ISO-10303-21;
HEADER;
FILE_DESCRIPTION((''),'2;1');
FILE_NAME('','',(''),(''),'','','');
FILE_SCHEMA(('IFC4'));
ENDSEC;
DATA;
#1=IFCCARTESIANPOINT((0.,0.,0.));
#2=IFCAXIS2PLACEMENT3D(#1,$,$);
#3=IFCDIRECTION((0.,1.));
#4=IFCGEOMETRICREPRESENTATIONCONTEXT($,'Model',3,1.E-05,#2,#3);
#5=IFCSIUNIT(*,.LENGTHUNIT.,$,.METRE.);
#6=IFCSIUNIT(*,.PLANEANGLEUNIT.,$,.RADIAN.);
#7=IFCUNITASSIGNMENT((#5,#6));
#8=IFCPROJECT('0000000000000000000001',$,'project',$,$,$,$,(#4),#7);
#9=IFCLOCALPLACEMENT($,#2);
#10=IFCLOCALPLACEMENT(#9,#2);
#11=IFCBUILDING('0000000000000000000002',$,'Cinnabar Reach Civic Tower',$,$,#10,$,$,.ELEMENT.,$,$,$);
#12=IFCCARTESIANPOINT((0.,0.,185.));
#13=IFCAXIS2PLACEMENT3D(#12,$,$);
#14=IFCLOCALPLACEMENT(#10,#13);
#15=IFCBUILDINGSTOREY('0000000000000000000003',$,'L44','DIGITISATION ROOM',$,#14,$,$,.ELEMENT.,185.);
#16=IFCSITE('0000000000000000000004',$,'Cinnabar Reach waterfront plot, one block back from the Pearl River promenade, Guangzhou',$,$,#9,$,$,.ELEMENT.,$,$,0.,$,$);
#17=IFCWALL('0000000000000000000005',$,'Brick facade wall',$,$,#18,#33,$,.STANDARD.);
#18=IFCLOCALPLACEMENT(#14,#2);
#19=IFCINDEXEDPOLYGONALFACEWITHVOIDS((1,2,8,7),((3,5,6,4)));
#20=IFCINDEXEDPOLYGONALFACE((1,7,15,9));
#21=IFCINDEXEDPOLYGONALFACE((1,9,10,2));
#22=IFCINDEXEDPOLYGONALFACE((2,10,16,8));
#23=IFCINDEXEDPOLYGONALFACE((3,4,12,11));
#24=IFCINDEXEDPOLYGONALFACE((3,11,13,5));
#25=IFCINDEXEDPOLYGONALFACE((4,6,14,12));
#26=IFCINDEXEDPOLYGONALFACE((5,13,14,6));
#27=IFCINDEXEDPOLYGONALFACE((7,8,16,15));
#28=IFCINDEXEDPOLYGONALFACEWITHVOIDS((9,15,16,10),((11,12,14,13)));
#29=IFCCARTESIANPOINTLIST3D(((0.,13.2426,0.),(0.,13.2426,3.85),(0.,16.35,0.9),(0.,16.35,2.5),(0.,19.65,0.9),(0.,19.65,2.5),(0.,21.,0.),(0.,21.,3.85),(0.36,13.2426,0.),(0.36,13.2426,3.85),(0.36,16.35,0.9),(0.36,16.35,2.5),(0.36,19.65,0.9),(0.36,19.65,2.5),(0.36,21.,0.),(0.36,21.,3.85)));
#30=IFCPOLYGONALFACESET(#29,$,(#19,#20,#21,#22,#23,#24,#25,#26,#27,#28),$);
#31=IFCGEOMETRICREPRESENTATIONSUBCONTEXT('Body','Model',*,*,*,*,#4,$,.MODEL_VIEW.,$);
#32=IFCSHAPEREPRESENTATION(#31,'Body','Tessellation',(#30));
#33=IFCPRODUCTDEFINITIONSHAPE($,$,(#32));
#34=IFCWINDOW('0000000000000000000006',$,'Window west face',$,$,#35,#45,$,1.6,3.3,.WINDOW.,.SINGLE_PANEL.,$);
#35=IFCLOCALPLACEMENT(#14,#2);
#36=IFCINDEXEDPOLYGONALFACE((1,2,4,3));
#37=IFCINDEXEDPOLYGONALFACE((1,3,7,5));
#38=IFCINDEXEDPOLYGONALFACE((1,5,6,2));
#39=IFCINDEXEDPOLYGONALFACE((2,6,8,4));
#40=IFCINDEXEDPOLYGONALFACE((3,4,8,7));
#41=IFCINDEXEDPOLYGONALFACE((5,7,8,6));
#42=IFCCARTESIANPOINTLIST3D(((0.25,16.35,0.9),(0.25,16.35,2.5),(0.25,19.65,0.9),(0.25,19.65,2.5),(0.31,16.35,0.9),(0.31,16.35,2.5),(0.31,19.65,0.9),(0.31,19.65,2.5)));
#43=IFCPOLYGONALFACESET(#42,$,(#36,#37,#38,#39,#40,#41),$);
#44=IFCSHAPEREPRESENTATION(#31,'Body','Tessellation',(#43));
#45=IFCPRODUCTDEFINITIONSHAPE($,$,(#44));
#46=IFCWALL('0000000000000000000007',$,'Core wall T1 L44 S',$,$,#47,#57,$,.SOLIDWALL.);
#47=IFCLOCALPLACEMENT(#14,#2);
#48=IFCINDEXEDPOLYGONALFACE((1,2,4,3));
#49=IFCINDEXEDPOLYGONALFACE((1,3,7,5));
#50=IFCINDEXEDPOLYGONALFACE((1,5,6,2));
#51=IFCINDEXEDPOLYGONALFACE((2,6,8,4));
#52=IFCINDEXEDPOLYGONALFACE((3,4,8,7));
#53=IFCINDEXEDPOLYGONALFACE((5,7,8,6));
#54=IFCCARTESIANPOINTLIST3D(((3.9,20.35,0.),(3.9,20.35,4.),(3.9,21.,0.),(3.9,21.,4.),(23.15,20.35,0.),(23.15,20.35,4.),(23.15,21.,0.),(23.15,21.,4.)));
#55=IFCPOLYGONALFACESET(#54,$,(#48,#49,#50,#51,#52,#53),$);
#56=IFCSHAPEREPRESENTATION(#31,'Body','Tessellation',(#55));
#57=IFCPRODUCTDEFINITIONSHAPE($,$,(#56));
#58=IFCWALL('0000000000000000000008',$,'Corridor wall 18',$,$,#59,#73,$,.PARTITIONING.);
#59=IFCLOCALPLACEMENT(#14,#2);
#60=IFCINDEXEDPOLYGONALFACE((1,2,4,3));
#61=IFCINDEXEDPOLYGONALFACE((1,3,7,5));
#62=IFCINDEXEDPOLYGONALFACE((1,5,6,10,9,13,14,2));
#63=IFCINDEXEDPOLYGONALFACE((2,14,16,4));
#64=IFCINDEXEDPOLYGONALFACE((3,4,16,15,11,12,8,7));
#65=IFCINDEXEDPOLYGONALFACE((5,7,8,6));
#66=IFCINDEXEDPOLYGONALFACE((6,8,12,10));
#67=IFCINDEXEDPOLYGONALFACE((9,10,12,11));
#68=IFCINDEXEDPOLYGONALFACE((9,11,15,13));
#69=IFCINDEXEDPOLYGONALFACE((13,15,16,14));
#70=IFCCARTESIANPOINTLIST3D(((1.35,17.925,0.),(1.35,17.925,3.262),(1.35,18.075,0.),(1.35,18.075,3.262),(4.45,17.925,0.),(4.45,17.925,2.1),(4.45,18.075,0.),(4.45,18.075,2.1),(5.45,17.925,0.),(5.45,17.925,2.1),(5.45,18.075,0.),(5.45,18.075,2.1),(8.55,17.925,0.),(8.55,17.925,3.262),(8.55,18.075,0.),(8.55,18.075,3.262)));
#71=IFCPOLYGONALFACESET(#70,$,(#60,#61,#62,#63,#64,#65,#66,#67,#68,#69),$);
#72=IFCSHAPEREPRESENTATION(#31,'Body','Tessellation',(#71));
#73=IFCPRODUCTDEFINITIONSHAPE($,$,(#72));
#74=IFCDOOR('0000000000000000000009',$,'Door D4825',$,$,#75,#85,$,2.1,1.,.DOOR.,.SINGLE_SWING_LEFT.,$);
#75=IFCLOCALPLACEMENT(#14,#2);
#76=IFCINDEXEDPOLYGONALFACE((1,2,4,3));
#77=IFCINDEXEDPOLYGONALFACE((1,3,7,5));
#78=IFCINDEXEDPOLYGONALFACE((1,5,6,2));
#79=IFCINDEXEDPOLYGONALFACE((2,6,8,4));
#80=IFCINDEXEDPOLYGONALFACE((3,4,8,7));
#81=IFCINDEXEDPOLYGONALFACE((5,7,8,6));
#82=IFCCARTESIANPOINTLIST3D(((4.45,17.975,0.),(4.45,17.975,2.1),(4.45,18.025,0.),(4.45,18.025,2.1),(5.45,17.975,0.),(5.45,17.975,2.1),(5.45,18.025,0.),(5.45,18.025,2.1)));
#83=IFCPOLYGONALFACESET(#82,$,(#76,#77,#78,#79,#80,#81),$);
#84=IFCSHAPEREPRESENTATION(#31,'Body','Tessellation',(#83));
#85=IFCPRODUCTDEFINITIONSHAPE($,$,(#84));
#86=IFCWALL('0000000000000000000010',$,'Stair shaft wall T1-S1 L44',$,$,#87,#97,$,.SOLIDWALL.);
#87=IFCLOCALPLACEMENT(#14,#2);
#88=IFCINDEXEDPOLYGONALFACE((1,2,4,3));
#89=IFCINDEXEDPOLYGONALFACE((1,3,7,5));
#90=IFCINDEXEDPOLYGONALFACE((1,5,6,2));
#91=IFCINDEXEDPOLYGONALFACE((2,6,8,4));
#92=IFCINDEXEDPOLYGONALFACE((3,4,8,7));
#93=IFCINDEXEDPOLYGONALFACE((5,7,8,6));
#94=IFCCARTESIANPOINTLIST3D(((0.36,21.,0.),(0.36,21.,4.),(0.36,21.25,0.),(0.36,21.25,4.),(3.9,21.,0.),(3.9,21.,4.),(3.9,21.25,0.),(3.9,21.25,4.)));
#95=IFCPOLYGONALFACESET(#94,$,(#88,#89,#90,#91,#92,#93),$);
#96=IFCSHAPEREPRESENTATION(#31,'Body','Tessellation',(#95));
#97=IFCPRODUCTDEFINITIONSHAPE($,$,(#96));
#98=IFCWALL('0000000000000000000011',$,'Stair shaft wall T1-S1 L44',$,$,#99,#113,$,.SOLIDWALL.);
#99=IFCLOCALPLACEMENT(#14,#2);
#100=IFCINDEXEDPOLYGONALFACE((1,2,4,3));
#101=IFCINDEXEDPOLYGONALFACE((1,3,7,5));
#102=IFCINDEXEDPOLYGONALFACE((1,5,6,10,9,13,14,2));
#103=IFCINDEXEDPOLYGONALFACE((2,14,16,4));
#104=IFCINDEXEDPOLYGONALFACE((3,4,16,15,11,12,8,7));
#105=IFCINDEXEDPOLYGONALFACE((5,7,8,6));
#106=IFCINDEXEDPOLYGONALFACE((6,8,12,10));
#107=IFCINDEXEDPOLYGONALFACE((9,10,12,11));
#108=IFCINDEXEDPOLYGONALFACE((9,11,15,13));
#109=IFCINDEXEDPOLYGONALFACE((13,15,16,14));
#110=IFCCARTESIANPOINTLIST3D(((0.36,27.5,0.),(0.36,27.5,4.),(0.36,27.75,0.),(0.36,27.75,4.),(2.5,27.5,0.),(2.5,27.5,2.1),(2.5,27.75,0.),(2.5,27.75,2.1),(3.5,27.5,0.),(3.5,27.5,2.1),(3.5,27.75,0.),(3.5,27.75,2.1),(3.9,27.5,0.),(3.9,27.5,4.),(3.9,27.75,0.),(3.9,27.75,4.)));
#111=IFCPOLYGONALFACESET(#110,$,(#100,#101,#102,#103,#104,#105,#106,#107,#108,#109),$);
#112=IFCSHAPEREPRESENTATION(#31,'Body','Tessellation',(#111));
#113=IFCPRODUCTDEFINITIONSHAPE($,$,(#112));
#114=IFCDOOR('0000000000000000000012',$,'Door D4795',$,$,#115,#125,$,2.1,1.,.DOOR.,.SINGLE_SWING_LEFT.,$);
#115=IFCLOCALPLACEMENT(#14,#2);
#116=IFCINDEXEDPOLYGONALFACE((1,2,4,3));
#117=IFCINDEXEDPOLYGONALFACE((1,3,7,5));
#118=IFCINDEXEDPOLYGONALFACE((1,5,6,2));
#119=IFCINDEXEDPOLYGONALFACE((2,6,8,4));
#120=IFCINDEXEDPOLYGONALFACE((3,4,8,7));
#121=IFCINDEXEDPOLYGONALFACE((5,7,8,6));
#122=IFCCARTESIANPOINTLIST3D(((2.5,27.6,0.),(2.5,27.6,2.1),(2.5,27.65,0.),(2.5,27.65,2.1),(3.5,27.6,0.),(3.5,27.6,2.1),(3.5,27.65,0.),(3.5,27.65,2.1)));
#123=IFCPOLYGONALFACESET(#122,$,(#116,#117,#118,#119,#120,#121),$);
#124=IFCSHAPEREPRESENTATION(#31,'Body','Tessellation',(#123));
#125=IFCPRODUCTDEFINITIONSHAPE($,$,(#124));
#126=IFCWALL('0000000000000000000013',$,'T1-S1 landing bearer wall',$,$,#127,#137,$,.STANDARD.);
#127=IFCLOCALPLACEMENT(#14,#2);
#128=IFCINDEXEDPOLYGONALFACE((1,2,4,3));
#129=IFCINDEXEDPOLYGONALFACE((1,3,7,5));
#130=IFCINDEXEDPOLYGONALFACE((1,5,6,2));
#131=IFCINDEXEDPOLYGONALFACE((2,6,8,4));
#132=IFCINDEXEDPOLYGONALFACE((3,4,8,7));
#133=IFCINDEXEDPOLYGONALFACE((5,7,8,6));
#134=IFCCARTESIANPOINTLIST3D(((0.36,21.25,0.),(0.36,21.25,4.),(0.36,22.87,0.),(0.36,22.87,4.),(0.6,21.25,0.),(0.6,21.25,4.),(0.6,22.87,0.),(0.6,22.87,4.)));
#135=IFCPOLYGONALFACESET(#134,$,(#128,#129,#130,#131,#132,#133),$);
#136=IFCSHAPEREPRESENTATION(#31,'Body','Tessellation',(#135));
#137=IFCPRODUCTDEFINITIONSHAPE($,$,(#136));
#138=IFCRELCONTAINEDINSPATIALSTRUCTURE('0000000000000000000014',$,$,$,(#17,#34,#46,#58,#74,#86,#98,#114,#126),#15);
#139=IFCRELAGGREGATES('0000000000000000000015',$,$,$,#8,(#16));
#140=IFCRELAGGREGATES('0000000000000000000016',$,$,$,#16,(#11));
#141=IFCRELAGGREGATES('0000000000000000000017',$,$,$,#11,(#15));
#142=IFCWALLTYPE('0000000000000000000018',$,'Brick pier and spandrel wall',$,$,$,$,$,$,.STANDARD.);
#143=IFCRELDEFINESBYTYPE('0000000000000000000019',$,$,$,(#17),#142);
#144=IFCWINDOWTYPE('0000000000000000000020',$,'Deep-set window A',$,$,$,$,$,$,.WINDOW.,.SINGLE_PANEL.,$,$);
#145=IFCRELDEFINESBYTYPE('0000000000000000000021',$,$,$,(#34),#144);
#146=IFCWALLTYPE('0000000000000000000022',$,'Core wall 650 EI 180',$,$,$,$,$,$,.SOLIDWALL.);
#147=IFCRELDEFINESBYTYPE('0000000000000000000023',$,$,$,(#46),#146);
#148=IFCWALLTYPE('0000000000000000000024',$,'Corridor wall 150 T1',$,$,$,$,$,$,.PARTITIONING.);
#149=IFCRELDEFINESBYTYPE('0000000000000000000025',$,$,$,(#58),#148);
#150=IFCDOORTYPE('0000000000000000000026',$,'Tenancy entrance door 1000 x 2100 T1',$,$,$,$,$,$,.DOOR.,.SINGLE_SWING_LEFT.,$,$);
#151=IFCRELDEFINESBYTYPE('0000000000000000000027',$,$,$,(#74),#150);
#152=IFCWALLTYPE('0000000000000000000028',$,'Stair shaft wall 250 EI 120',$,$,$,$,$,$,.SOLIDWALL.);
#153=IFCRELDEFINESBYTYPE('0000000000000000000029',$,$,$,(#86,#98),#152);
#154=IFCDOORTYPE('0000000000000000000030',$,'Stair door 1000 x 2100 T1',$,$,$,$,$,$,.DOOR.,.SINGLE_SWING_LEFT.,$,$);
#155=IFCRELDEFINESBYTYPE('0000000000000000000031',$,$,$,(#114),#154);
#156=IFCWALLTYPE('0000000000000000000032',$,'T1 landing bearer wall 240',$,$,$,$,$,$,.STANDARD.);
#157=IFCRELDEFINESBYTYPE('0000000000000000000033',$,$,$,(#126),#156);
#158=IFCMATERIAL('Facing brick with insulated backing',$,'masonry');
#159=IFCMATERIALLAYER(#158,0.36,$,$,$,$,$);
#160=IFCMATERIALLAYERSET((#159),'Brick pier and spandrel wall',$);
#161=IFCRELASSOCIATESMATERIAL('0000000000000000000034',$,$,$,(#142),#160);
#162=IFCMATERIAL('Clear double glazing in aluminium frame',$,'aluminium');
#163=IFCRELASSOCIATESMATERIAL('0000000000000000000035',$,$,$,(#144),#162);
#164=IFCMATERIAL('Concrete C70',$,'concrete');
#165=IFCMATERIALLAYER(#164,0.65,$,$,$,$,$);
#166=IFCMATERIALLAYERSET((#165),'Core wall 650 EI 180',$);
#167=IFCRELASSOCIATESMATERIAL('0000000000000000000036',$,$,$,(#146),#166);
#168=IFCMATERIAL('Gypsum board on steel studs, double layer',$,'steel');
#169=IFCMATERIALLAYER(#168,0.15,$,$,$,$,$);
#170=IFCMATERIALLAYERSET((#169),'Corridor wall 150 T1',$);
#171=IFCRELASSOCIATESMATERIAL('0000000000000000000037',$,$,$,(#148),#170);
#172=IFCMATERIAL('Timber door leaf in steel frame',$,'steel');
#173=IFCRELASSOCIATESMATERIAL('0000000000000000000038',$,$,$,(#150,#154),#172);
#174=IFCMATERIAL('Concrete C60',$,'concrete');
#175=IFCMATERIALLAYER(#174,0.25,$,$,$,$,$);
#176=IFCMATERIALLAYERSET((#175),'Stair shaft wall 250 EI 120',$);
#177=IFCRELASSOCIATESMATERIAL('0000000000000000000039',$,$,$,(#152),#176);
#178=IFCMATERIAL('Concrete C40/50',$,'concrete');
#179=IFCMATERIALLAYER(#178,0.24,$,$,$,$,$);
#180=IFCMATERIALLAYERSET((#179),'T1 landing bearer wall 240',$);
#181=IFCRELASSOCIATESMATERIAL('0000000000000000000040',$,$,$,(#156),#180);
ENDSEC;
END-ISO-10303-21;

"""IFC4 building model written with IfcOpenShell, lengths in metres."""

from ifc_helpers import new_model, si_unit, direction, frame, frame_2d, origin, place, context, subcontext, project, spatial, rectangle, extrude, material, layer, layer_set, type_object, element, fill, save


model = new_model("IFC4")

# Units and contexts
model_context = context("Model", 3, precision=1e-05, world=origin(), true_north=direction((0.0, 1.0)))
body_context = subcontext(model_context, "Body", "Model", "MODEL_VIEW")
ifc_project = project(units=[si_unit("LENGTHUNIT", "METRE"), si_unit("PLANEANGLEUNIT", "RADIAN")], contexts=[model_context])

# Site, building, storey
site_placement = place(None, origin())
site = spatial("IfcSite", under=ifc_project, at=site_placement, Name="Cinnabar Reach waterfront plot, one block back from the Pearl River promenade, Guangzhou", CompositionType="ELEMENT", RefElevation=0.0)
building_placement = place(site_placement, origin())
building = spatial("IfcBuilding", under=site, at=building_placement, Name="Cinnabar Reach Civic Tower", CompositionType="ELEMENT")
storey_placement = place(building_placement, frame((0.0, 0.0, 185.0)))
storey = spatial("IfcBuildingStorey", under=building, at=storey_placement, Name="L44", Description="DIGITISATION ROOM", CompositionType="ELEMENT", Elevation=185.0)

# Shared definitions
ifc_material_1 = material(Name="Concrete C70", Category="concrete")

# Shared definitions
ifc_material_2 = material(Name="Facing brick with insulated backing", Category="masonry")
ifc_layer_1 = layer(ifc_material_2, 0.36)
ifc_layer_set_1 = layer_set([ifc_layer_1], Name="Brick pier and spandrel wall")
wall_type_1 = type_object("IfcWallType", Name="Brick pier and spandrel wall", PredefinedType="STANDARD", material=ifc_layer_set_1)

# Wall, opening, window
wall_1_placement = place(storey_placement, frame((0.18, 21.0, 0.0), z_axis=(0.0, 0.0, 1.0), x_axis=(0.0, -1.0, 0.0)))
wall_1 = element("IfcWall", 1, at=wall_1_placement, inside=storey, type_object=wall_type_1, Name="Brick facade wall", PredefinedType="STANDARD", context=body_context, shape_type="SweptSolid", body=[
    extrude(rectangle(XDim=7.7574, YDim=0.36, at=frame_2d((3.8787, 0.0))), origin(), (0.0, 0.0, 1.0), 3.85),
])
opening_1_placement = place(wall_1_placement, frame((1.35, 0.0, 0.9)))
opening_1 = element("IfcOpeningElement", 2, at=opening_1_placement, cuts=wall_1, PredefinedType="OPENING", context=body_context, shape_type="SweptSolid", body=[
    extrude(rectangle(XDim=3.3, YDim=1.6, at=frame_2d((1.65, 0.8))), frame((0.0, 0.19, 0.0), z_axis=(0.0, -1.0, 0.0), x_axis=(1.0, 0.0, 0.0)), (0.0, 0.0, 1.0), 0.38),
])
ifc_material_3 = material(Name="Clear double glazing in aluminium frame", Category="aluminium")
window_type = type_object("IfcWindowType", Name="Deep-set window A", PartitioningType="SINGLE_PANEL", PredefinedType="WINDOW", material=ifc_material_3)
window_placement = place(opening_1_placement, origin())
window = element("IfcWindow", 3, at=window_placement, inside=storey, type_object=window_type, Name="Window west face", OverallHeight=1.6, OverallWidth=3.3, PartitioningType="SINGLE_PANEL", PredefinedType="WINDOW", context=body_context, shape_type="SweptSolid", body=[
    extrude(rectangle(XDim=3.3, YDim=1.6, at=frame_2d((1.65, 0.8))), frame((0.0, 0.13, 0.0), z_axis=(0.0, -1.0, 0.0), x_axis=(1.0, 0.0, 0.0)), (0.0, 0.0, 1.0), 0.06),
])
fill(opening_1, window)

# Wall
ifc_layer_2 = layer(ifc_material_1, 0.65)
ifc_layer_set_2 = layer_set([ifc_layer_2], Name="Core wall 650 EI 180")
wall_type_2 = type_object("IfcWallType", Name="Core wall 650 EI 180", PredefinedType="SOLIDWALL", material=ifc_layer_set_2)
wall_2_placement = place(storey_placement, frame((3.9, 20.675, 0.0), z_axis=(0.0, 0.0, 1.0), x_axis=(1.0, 0.0, 0.0)))
element("IfcWall", 4, at=wall_2_placement, inside=storey, type_object=wall_type_2, Name="Core wall T1 L44 S", PredefinedType="SOLIDWALL", context=body_context, shape_type="SweptSolid", body=[
    extrude(rectangle(XDim=19.25, YDim=0.65, at=frame_2d((9.625, 0.0))), origin(), (0.0, 0.0, 1.0), 4.0),
])

# Wall, opening, door
ifc_material_4 = material(Name="Gypsum board on steel studs, double layer", Category="steel")
ifc_layer_3 = layer(ifc_material_4, 0.15)
ifc_layer_set_3 = layer_set([ifc_layer_3], Name="Corridor wall 150 T1")
wall_type_3 = type_object("IfcWallType", Name="Corridor wall 150 T1", PredefinedType="PARTITIONING", material=ifc_layer_set_3)
wall_3_placement = place(storey_placement, frame((1.35, 18.0, 0.0), z_axis=(0.0, 0.0, 1.0), x_axis=(1.0, 0.0, 0.0)))
wall_3 = element("IfcWall", 5, at=wall_3_placement, inside=storey, type_object=wall_type_3, Name="Corridor wall 18", PredefinedType="PARTITIONING", context=body_context, shape_type="SweptSolid", body=[
    extrude(rectangle(XDim=7.2, YDim=0.15, at=frame_2d((3.6, 0.0))), origin(), (0.0, 0.0, 1.0), 3.262),
])
opening_2_placement = place(wall_3_placement, frame((3.1, 0.0, 0.0)))
opening_2 = element("IfcOpeningElement", 6, at=opening_2_placement, cuts=wall_3, PredefinedType="OPENING", context=body_context, shape_type="SweptSolid", body=[
    extrude(rectangle(XDim=1.0, YDim=2.1, at=frame_2d((0.5, 1.05))), frame((0.0, 0.085, 0.0), z_axis=(0.0, -1.0, 0.0), x_axis=(1.0, 0.0, 0.0)), (0.0, 0.0, 1.0), 0.17),
])
ifc_material_5 = material(Name="Timber door leaf in steel frame", Category="steel")
door_type_1 = type_object("IfcDoorType", Name="Tenancy entrance door 1000 x 2100 T1", OperationType="SINGLE_SWING_LEFT", PredefinedType="DOOR", material=ifc_material_5)
door_1_placement = place(opening_2_placement, frame((1.0, 0.0, 0.0), z_axis=(0.0, 0.0, 1.0), x_axis=(-1.0, 0.0, 0.0)))
door_1 = element("IfcDoor", 7, at=door_1_placement, inside=storey, type_object=door_type_1, Name="Door D4825", OperationType="SINGLE_SWING_LEFT", OverallHeight=2.1, OverallWidth=1.0, PredefinedType="DOOR", context=body_context, shape_type="SweptSolid", body=[
    extrude(rectangle(XDim=1.0, YDim=2.1, at=frame_2d((0.5, 1.05))), frame((0.0, 0.025, 0.0), z_axis=(0.0, -1.0, 0.0), x_axis=(1.0, 0.0, 0.0)), (0.0, 0.0, 1.0), 0.05),
])
fill(opening_2, door_1)

# Wall
ifc_material_6 = material(Name="Concrete C60", Category="concrete")
ifc_layer_4 = layer(ifc_material_6, 0.25)
ifc_layer_set_4 = layer_set([ifc_layer_4], Name="Stair shaft wall 250 EI 120")
wall_type_4 = type_object("IfcWallType", Name="Stair shaft wall 250 EI 120", PredefinedType="SOLIDWALL", material=ifc_layer_set_4)
wall_4_placement = place(storey_placement, frame((0.36, 21.125, 0.0), z_axis=(0.0, 0.0, 1.0), x_axis=(1.0, 0.0, 0.0)))
element("IfcWall", 8, at=wall_4_placement, inside=storey, type_object=wall_type_4, Name="Stair shaft wall T1-S1 L44", PredefinedType="SOLIDWALL", context=body_context, shape_type="SweptSolid", body=[
    extrude(rectangle(XDim=3.54, YDim=0.25, at=frame_2d((1.77, 0.0))), origin(), (0.0, 0.0, 1.0), 4.0),
])

# Wall, opening, door
wall_5_placement = place(storey_placement, frame((3.9, 27.625, 0.0), z_axis=(0.0, 0.0, 1.0), x_axis=(-1.0, 0.0, 0.0)))
wall_5 = element("IfcWall", 9, at=wall_5_placement, inside=storey, type_object=wall_type_4, Name="Stair shaft wall T1-S1 L44", PredefinedType="SOLIDWALL", context=body_context, shape_type="SweptSolid", body=[
    extrude(rectangle(XDim=3.54, YDim=0.25, at=frame_2d((1.77, 0.0))), origin(), (0.0, 0.0, 1.0), 4.0),
])
opening_3_placement = place(wall_5_placement, frame((0.4, 0.0, 0.0)))
opening_3 = element("IfcOpeningElement", 10, at=opening_3_placement, cuts=wall_5, PredefinedType="OPENING", context=body_context, shape_type="SweptSolid", body=[
    extrude(rectangle(XDim=1.0, YDim=2.1, at=frame_2d((0.5, 1.05))), frame((0.0, 0.135, 0.0), z_axis=(0.0, -1.0, 0.0), x_axis=(1.0, 0.0, 0.0)), (0.0, 0.0, 1.0), 0.27),
])
door_type_2 = type_object("IfcDoorType", Name="Stair door 1000 x 2100 T1", OperationType="SINGLE_SWING_LEFT", PredefinedType="DOOR", material=ifc_material_5)
door_2_placement = place(opening_3_placement, origin())
door_2 = element("IfcDoor", 11, at=door_2_placement, inside=storey, type_object=door_type_2, Name="Door D4795", OperationType="SINGLE_SWING_LEFT", OverallHeight=2.1, OverallWidth=1.0, PredefinedType="DOOR", context=body_context, shape_type="SweptSolid", body=[
    extrude(rectangle(XDim=1.0, YDim=2.1, at=frame_2d((0.5, 1.05))), frame((0.0, 0.025, 0.0), z_axis=(0.0, -1.0, 0.0), x_axis=(1.0, 0.0, 0.0)), (0.0, 0.0, 1.0), 0.05),
])
fill(opening_3, door_2)

# Wall
ifc_material_7 = material(Name="Concrete C40/50", Category="concrete")
ifc_layer_5 = layer(ifc_material_7, 0.24)
ifc_layer_set_5 = layer_set([ifc_layer_5], Name="T1 landing bearer wall 240")
wall_type_5 = type_object("IfcWallType", Name="T1 landing bearer wall 240", PredefinedType="STANDARD", material=ifc_layer_set_5)
wall_6_placement = place(storey_placement, frame((0.48, 21.25, 0.0), z_axis=(0.0, 0.0, 1.0), x_axis=(0.0, 1.0, 0.0)))
element("IfcWall", 12, at=wall_6_placement, inside=storey, type_object=wall_type_5, Name="T1-S1 landing bearer wall", PredefinedType="STANDARD", context=body_context, shape_type="SweptSolid", body=[
    extrude(rectangle(XDim=1.62, YDim=0.24, at=frame_2d((0.81, 0.0))), origin(), (0.0, 0.0, 1.0), 4.0),
])

save(model, "model.ifc")
